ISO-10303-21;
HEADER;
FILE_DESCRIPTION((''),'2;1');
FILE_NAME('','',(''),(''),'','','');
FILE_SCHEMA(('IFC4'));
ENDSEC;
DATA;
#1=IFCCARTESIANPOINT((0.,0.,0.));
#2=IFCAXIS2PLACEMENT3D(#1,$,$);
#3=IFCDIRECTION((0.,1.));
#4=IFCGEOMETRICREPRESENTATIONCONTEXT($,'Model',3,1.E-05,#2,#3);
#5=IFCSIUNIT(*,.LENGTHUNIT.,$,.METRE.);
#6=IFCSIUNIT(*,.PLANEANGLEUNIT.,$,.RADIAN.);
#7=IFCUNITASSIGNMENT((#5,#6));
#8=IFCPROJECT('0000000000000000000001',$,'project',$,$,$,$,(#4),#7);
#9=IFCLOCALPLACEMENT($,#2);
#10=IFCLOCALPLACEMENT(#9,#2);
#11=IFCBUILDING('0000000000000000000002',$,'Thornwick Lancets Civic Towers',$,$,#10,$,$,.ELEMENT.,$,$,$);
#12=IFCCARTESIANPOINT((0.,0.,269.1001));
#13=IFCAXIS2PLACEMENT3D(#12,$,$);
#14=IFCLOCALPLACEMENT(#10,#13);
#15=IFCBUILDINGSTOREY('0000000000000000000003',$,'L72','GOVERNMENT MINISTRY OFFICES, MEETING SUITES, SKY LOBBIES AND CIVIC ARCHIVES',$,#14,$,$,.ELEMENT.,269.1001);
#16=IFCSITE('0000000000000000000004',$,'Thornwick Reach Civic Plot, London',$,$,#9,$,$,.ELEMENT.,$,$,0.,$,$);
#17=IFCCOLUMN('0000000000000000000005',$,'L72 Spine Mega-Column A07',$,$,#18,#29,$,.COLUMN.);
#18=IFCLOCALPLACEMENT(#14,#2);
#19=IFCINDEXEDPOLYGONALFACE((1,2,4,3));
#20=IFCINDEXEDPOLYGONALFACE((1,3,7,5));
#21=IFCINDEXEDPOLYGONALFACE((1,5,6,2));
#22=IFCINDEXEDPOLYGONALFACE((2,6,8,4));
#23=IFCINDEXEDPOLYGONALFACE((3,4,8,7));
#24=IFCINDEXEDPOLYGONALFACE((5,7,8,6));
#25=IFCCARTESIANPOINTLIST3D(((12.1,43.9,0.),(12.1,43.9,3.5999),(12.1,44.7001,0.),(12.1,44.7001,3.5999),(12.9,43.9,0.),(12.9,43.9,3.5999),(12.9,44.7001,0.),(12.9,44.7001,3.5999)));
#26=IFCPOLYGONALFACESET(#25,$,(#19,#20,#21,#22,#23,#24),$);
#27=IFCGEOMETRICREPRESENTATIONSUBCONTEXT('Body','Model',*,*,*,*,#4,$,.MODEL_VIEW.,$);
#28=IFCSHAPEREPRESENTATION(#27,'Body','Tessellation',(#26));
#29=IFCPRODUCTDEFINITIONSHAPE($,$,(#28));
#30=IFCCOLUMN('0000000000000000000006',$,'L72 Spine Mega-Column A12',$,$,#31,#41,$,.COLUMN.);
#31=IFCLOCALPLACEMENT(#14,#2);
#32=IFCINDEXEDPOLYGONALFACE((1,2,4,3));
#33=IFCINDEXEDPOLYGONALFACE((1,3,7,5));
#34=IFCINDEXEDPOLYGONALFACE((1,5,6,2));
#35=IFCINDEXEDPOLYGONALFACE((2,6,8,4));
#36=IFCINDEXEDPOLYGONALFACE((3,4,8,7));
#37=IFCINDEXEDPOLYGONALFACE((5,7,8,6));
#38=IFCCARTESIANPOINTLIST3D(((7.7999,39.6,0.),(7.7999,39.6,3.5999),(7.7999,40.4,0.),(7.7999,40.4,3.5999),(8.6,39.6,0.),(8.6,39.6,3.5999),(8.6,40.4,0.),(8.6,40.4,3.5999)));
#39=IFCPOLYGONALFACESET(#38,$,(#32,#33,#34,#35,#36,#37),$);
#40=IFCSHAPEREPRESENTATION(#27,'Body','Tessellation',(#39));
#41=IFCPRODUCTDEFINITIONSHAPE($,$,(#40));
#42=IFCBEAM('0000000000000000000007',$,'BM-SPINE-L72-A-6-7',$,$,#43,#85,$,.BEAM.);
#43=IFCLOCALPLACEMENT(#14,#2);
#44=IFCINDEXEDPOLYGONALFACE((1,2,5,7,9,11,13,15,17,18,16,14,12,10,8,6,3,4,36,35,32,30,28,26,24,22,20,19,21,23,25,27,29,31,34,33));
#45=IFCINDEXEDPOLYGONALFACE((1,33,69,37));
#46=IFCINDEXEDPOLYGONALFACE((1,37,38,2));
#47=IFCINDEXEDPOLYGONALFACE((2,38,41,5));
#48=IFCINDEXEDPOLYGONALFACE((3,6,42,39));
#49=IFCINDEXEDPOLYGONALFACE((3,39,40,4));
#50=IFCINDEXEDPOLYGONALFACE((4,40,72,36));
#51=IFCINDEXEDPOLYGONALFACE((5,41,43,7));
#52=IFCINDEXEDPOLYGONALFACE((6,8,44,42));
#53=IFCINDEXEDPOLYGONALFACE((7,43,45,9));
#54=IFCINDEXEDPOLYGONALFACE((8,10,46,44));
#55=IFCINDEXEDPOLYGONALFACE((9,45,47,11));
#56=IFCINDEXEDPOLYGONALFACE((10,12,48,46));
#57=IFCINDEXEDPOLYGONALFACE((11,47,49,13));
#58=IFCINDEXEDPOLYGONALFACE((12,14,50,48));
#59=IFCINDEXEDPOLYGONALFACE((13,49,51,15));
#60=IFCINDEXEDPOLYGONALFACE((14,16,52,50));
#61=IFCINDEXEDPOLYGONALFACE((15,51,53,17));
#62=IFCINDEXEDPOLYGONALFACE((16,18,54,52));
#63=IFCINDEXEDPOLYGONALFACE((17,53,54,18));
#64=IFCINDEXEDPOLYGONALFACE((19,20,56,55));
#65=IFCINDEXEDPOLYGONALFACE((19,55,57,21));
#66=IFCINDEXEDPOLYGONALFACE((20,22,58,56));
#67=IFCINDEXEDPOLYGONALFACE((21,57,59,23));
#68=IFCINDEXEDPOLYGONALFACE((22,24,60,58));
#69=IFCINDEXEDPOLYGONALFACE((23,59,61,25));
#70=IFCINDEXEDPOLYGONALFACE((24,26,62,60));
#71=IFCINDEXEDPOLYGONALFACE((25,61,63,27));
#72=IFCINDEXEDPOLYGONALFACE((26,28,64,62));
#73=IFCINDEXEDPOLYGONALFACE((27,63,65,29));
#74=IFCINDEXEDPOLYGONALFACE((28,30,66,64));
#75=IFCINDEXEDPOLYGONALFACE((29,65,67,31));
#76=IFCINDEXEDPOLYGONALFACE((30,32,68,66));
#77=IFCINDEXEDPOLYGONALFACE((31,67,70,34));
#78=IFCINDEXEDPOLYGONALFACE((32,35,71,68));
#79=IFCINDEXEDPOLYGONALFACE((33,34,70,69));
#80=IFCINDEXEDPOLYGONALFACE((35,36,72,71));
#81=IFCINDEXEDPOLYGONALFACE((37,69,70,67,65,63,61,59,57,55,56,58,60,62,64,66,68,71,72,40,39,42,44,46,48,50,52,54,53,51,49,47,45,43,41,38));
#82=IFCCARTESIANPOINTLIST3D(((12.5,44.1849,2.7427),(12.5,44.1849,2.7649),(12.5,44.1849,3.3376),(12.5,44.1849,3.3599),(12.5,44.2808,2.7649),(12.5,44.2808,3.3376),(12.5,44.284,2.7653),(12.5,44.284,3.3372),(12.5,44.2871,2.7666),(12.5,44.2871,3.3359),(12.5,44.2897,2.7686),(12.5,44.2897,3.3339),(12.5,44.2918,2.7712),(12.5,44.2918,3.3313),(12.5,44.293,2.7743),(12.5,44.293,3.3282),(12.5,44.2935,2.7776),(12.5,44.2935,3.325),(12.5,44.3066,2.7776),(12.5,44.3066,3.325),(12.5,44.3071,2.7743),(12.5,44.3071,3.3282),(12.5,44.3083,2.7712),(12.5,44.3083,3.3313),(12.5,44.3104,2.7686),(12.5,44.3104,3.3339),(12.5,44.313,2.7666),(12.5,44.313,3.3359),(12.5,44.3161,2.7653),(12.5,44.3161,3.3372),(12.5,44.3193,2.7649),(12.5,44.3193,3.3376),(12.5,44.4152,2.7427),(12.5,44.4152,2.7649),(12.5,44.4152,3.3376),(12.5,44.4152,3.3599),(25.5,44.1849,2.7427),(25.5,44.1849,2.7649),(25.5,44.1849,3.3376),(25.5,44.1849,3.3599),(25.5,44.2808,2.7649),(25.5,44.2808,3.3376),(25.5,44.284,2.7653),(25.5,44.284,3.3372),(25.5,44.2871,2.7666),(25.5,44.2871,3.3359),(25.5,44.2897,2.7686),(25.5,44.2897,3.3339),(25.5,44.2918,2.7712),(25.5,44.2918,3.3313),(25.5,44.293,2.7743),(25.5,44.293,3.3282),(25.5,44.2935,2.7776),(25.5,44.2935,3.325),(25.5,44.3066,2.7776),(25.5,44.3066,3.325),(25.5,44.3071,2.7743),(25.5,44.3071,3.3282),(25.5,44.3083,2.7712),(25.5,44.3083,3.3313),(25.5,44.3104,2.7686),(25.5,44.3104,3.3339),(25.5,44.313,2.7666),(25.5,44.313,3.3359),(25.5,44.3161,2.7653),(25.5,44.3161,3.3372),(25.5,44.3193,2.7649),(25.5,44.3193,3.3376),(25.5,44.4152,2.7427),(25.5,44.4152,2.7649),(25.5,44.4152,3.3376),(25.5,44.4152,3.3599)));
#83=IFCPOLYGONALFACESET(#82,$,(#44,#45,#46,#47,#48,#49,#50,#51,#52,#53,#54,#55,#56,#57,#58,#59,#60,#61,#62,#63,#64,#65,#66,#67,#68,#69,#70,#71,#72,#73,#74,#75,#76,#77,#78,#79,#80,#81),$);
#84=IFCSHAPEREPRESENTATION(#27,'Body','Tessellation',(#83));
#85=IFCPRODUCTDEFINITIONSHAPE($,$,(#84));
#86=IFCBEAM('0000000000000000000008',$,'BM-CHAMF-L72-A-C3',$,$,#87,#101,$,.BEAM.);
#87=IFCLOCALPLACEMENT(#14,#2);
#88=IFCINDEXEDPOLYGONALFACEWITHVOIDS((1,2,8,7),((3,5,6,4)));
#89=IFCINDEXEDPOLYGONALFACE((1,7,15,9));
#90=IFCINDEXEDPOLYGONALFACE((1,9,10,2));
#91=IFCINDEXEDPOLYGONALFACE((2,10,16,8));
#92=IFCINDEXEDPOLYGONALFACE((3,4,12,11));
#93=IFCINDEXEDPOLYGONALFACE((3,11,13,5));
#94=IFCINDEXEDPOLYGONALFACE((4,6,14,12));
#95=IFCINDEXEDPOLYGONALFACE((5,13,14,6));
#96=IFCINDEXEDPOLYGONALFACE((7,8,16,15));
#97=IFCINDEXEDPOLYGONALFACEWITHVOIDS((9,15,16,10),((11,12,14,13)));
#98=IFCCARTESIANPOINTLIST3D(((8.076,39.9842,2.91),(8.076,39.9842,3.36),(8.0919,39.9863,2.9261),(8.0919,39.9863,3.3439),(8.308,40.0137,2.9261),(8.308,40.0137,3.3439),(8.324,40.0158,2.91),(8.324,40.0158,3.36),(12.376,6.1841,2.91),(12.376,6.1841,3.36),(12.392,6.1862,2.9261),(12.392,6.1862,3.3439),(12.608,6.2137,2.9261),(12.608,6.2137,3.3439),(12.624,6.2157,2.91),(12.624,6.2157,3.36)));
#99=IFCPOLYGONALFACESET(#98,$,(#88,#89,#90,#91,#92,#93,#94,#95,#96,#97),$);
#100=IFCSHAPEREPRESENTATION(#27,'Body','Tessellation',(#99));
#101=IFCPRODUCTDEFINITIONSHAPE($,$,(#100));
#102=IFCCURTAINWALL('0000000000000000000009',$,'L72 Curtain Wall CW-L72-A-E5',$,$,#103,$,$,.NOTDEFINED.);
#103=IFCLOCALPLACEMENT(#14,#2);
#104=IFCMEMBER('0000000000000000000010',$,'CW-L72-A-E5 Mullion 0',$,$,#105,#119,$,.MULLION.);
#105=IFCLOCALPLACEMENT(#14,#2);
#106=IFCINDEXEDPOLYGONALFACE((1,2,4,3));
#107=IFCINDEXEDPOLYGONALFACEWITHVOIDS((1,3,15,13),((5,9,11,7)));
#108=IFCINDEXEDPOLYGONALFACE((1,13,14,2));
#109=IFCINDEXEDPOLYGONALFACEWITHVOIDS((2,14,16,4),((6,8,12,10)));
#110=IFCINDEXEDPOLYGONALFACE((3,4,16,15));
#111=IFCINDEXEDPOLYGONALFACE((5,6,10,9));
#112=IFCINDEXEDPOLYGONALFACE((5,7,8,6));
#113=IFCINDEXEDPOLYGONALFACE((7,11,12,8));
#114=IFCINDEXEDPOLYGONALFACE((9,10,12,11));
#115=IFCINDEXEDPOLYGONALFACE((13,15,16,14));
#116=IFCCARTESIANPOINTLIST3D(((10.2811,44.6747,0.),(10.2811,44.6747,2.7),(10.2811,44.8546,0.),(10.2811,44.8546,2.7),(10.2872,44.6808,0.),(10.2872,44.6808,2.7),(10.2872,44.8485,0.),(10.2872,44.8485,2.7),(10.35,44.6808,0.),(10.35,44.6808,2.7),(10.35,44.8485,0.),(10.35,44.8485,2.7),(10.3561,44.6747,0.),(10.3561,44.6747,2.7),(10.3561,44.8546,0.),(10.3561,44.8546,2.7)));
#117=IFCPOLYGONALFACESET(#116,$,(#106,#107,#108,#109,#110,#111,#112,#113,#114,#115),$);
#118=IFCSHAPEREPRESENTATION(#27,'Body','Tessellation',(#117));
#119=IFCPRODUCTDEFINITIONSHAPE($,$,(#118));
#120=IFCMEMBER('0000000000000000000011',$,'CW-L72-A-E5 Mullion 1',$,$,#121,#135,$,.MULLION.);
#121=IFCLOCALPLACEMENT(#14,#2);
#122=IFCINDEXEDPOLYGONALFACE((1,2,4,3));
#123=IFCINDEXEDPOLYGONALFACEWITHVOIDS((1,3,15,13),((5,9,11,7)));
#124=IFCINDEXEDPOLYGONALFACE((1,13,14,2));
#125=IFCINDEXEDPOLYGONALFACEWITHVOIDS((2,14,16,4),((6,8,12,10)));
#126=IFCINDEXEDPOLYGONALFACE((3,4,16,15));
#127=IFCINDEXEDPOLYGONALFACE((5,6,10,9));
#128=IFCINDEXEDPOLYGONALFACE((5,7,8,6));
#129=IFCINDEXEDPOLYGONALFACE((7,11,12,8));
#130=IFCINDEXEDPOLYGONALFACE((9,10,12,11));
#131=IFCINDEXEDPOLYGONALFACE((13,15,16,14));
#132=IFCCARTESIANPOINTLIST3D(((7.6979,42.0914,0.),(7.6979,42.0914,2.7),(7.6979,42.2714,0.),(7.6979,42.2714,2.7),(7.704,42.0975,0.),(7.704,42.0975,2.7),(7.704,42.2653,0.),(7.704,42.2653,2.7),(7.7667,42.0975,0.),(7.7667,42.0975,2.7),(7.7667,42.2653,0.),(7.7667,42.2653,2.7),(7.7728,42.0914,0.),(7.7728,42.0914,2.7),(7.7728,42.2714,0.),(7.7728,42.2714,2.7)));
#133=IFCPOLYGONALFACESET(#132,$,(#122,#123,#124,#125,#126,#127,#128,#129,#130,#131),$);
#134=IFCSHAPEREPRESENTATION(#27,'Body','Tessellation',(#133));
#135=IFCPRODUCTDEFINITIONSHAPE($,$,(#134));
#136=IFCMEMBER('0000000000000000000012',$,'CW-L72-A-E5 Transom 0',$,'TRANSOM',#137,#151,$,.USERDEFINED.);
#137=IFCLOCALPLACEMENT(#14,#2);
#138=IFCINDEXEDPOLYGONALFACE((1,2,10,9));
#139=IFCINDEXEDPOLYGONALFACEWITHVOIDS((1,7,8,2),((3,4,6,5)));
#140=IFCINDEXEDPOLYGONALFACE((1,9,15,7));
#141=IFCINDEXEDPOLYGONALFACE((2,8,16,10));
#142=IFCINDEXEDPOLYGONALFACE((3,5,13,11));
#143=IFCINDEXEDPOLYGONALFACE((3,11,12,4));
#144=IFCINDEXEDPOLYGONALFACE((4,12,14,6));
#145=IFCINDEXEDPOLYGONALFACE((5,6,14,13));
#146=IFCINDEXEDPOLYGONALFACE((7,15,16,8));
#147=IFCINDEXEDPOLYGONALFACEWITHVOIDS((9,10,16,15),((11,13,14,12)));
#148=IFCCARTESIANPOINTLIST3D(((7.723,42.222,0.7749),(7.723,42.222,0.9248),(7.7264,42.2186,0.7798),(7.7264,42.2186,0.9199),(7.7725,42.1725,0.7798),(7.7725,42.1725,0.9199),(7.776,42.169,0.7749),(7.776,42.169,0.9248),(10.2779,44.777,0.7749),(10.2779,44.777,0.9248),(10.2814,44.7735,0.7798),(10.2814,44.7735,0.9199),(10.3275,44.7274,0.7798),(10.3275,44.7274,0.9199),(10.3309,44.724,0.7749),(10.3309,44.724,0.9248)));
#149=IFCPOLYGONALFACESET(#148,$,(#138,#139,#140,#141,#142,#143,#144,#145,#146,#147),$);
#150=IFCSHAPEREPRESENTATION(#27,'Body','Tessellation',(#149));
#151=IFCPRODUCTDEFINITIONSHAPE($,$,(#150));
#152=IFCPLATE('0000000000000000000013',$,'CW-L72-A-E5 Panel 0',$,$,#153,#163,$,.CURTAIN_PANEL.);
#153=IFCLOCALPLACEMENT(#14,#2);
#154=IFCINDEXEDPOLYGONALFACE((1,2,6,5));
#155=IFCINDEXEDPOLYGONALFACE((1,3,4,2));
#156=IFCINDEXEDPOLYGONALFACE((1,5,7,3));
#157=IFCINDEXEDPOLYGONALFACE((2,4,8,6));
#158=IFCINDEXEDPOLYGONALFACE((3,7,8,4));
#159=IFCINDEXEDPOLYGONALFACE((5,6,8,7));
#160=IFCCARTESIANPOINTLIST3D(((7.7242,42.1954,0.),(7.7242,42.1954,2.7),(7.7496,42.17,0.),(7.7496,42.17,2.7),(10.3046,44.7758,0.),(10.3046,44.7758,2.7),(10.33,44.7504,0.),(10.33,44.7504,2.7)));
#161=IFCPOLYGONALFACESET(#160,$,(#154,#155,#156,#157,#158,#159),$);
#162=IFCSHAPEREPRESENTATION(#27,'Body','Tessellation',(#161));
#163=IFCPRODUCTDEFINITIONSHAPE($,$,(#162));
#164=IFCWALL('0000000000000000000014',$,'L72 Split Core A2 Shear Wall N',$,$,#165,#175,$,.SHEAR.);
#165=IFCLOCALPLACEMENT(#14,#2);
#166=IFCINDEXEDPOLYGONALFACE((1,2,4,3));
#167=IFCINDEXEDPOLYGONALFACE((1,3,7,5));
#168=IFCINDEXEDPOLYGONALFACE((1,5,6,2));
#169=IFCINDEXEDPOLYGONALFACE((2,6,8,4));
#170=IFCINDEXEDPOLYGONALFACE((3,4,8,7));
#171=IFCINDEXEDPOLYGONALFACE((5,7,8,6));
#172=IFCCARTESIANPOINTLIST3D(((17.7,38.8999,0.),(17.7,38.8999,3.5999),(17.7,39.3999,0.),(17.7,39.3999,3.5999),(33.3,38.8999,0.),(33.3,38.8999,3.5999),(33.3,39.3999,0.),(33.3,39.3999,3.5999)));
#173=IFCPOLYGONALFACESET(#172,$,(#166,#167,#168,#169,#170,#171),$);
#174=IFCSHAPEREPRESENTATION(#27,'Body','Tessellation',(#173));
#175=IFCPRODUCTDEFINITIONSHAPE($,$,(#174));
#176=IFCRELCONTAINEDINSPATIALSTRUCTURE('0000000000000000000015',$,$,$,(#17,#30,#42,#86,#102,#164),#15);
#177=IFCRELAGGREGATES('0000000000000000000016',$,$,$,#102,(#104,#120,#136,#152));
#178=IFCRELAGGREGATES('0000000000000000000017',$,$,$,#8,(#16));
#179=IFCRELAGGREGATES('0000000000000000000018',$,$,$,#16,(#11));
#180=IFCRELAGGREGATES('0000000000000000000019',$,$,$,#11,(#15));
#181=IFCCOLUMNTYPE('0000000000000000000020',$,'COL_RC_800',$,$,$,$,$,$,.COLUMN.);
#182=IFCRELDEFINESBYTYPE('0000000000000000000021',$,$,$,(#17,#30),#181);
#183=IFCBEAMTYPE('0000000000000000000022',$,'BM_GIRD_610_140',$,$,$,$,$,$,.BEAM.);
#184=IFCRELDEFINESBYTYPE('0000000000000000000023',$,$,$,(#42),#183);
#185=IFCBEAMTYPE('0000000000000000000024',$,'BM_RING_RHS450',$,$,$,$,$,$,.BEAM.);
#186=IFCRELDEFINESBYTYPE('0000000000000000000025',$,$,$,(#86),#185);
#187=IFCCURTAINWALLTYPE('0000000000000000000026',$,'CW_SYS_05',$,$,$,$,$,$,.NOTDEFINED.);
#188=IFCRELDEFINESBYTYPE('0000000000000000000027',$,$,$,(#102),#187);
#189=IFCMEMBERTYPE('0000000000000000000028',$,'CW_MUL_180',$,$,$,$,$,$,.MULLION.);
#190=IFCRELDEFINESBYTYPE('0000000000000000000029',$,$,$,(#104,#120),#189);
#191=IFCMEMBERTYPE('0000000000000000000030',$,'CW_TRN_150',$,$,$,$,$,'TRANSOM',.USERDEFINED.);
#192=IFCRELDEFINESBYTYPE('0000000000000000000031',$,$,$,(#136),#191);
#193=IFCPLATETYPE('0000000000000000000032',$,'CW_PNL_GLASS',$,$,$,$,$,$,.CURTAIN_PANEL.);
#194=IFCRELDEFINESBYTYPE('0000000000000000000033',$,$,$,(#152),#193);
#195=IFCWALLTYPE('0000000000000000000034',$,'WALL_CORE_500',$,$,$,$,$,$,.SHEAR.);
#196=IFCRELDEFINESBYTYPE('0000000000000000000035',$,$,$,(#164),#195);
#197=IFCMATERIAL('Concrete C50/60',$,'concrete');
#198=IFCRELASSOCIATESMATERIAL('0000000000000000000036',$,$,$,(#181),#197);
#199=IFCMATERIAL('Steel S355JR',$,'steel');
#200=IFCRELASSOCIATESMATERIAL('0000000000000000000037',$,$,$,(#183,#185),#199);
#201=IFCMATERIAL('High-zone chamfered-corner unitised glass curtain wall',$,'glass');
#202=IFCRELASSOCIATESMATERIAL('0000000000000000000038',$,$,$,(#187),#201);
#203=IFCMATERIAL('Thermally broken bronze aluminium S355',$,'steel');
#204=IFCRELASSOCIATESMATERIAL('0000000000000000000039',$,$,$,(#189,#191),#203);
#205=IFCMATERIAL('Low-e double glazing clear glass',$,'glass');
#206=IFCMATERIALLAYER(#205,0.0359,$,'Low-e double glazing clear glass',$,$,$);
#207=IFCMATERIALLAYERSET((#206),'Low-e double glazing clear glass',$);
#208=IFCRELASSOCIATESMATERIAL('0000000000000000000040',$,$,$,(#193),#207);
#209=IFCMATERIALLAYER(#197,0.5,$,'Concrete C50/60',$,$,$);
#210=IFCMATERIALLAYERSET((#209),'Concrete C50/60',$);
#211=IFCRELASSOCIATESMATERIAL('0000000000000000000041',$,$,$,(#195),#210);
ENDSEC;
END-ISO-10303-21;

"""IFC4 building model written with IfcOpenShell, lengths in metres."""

from ifc_helpers import new_model, si_unit, direction, frame, frame_2d, origin, origin_2d, place, context, subcontext, project, spatial, rectangle, hollow_rectangle, i_section, extrude, material, layer, layer_set, material_profile, profile_set, type_object, element, aggregate, save


model = new_model("IFC4")

# Units and contexts
model_context = context("Model", 3, precision=1e-05, world=origin(), true_north=direction((0.0, 1.0)))
body_context = subcontext(model_context, "Body", "Model", "MODEL_VIEW")
ifc_project = project(units=[si_unit("LENGTHUNIT", "METRE"), si_unit("PLANEANGLEUNIT", "RADIAN")], contexts=[model_context])

# Site, building, storey
site_placement = place(None, origin())
site = spatial("IfcSite", under=ifc_project, at=site_placement, Name="Thornwick Reach Civic Plot, London", CompositionType="ELEMENT", RefElevation=0.0)
building_placement = place(site_placement, origin())
building = spatial("IfcBuilding", under=site, at=building_placement, Name="Thornwick Lancets Civic Towers", CompositionType="ELEMENT")
storey_placement = place(building_placement, frame((0.0, 0.0, 269.1001)))
storey = spatial("IfcBuildingStorey", under=building, at=storey_placement, Name="L72", Description="GOVERNMENT MINISTRY OFFICES, MEETING SUITES, SKY LOBBIES AND CIVIC ARCHIVES", CompositionType="ELEMENT", Elevation=269.1001)

# Columns
ifc_material_1 = material(Name="Concrete C50/60", Category="concrete")
ifc_material_profile_1 = material_profile(ifc_material_1, rectangle(XDim=0.8, YDim=0.8, at=origin_2d()), Name="RC 800x800")
ifc_profile_set_1 = profile_set([ifc_material_profile_1], Name="Concrete C50/60")
column_type = type_object("IfcColumnType", Name="COL_RC_800", PredefinedType="COLUMN", material=ifc_profile_set_1)
for number, where, z_axis, x_axis, name in (
    (1, (12.5, 44.3, 0.0), (0.0, 0.0, 1.0), (1.0, 0.0, 0.0), "L72 Spine Mega-Column A07"),
    (2, (8.2, 40.0, 0.0), (0.0, 0.0, 1.0), (1.0, 0.0, 0.0), "L72 Spine Mega-Column A12"),
):
    element("IfcColumn", number, at=place(storey_placement, frame(where, z_axis=z_axis, x_axis=x_axis)), inside=storey, type_object=column_type, Name=name, PredefinedType="COLUMN", context=body_context, shape_type="SweptSolid", body=[
        extrude(rectangle(XDim=0.8, YDim=0.8, at=origin_2d()), origin(), (0.0, 0.0, 1.0), 3.5999),
    ])

# Beams
ifc_material_2 = material(Name="Steel S355JR", Category="steel")
ifc_material_profile_2 = material_profile(ifc_material_2, i_section(OverallWidth=0.2302, OverallDepth=0.6172, WebThickness=0.0132, FlangeThickness=0.0222, FilletRadius=0.0127, at=origin_2d()), Name="UKB 610x229x140")
ifc_profile_set_2 = profile_set([ifc_material_profile_2], Name="Steel S355JR")
beam_type_1 = type_object("IfcBeamType", Name="BM_GIRD_610_140", PredefinedType="BEAM", material=ifc_profile_set_2)
beam_1_placement = place(storey_placement, frame((12.5, 44.3, 3.0513), z_axis=(1.0, 0.0, 0.0), x_axis=(0.0, 1.0, 0.0)))
element("IfcBeam", 3, at=beam_1_placement, inside=storey, type_object=beam_type_1, Name="BM-SPINE-L72-A-6-7", PredefinedType="BEAM", context=body_context, shape_type="SweptSolid", body=[
    extrude(i_section(OverallWidth=0.2302, OverallDepth=0.6172, WebThickness=0.0132, FlangeThickness=0.0222, FilletRadius=0.0127, at=origin_2d()), origin(), (0.0, 0.0, 1.0), 13.0),
])
ifc_material_profile_3 = material_profile(ifc_material_2, hollow_rectangle(XDim=0.25, YDim=0.45, WallThickness=0.0161, at=origin_2d()), Name="RHS 450x250x16")
ifc_profile_set_3 = profile_set([ifc_material_profile_3], Name="Steel S355JR")
beam_type_2 = type_object("IfcBeamType", Name="BM_RING_RHS450", PredefinedType="BEAM", material=ifc_profile_set_3)
beam_2_placement = place(storey_placement, frame((8.2, 40.0, 3.135), z_axis=(0.126203, -0.992004, 0.0), x_axis=(0.992004, 0.126203, 0.0)))
element("IfcBeam", 4, at=beam_2_placement, inside=storey, type_object=beam_type_2, Name="BM-CHAMF-L72-A-C3", PredefinedType="BEAM", context=body_context, shape_type="SweptSolid", body=[
    extrude(hollow_rectangle(XDim=0.25, YDim=0.45, WallThickness=0.0161, at=origin_2d()), origin(), (0.0, 0.0, 1.0), 34.0725),
])

# Curtain wall, members, plate
ifc_material_3 = material(Name="High-zone chamfered-corner unitised glass curtain wall", Category="glass")
curtain_wall_type = type_object("IfcCurtainWallType", Name="CW_SYS_05", PredefinedType="NOTDEFINED", material=ifc_material_3)
curtain_wall_placement = place(storey_placement, origin())
curtain_wall = element("IfcCurtainWall", 5, at=curtain_wall_placement, inside=storey, type_object=curtain_wall_type, Name="L72 Curtain Wall CW-L72-A-E5", PredefinedType="NOTDEFINED")
ifc_material_4 = material(Name="Thermally broken bronze aluminium S355", Category="steel")
ifc_material_profile_4 = material_profile(ifc_material_4, hollow_rectangle(XDim=0.075, YDim=0.1799, WallThickness=0.0061, at=origin_2d()), Name="RHS 180x75x6")
ifc_profile_set_4 = profile_set([ifc_material_profile_4], Name="Thermally broken bronze aluminium S355")
member_type_1 = type_object("IfcMemberType", Name="CW_MUL_180", PredefinedType="MULLION", material=ifc_profile_set_4)
member_1_placement = place(storey_placement, frame((10.3186, 44.7646, 0.0), z_axis=(0.0, 0.0, 1.0), x_axis=(1.0, 0.0, 0.0)))
member_1 = element("IfcMember", 6, at=member_1_placement, type_object=member_type_1, Name="CW-L72-A-E5 Mullion 0", PredefinedType="MULLION", context=body_context, shape_type="SweptSolid", body=[
    extrude(hollow_rectangle(XDim=0.075, YDim=0.1799, WallThickness=0.0061, at=origin_2d()), origin(), (0.0, 0.0, 1.0), 2.7),
])
member_2_placement = place(storey_placement, frame((7.7354, 42.1814, 0.0), z_axis=(0.0, 0.0, 1.0), x_axis=(1.0, 0.0, 0.0)))
member_2 = element("IfcMember", 7, at=member_2_placement, type_object=member_type_1, Name="CW-L72-A-E5 Mullion 1", PredefinedType="MULLION", context=body_context, shape_type="SweptSolid", body=[
    extrude(hollow_rectangle(XDim=0.075, YDim=0.1799, WallThickness=0.0061, at=origin_2d()), origin(), (0.0, 0.0, 1.0), 2.7),
])
ifc_material_profile_5 = material_profile(ifc_material_4, hollow_rectangle(XDim=0.075, YDim=0.1499, WallThickness=0.0049, at=origin_2d()), Name="RHS 150x75x5")
ifc_profile_set_5 = profile_set([ifc_material_profile_5], Name="Thermally broken bronze aluminium S355")
member_type_2 = type_object("IfcMemberType", Name="CW_TRN_150", ElementType="TRANSOM", PredefinedType="USERDEFINED", material=ifc_profile_set_5)
member_3_placement = place(storey_placement, frame((10.3044, 44.7505, 0.8499), z_axis=(-0.707107, -0.707107, 0.0), x_axis=(0.707107, -0.707107, 0.0)))
member_3 = element("IfcMember", 8, at=member_3_placement, type_object=member_type_2, Name="CW-L72-A-E5 Transom 0", ObjectType="TRANSOM", PredefinedType="USERDEFINED", context=body_context, shape_type="SweptSolid", body=[
    extrude(hollow_rectangle(XDim=0.075, YDim=0.1499, WallThickness=0.0049, at=origin_2d()), origin(), (0.0, 0.0, 1.0), 3.6133),
])
ifc_material_5 = material(Name="Low-e double glazing clear glass", Category="glass")
ifc_layer_1 = layer(ifc_material_5, 0.0359, Name="Low-e double glazing clear glass")
ifc_layer_set_1 = layer_set([ifc_layer_1], Name="Low-e double glazing clear glass")
plate_type = type_object("IfcPlateType", Name="CW_PNL_GLASS", PredefinedType="CURTAIN_PANEL", material=ifc_layer_set_1)
plate_placement = place(storey_placement, frame((9.0271, 43.4729, 0.0), z_axis=(0.0, 0.0, 1.0), x_axis=(-0.707107, -0.707107, 0.0)))
plate = element("IfcPlate", 9, at=plate_placement, type_object=plate_type, Name="CW-L72-A-E5 Panel 0", PredefinedType="CURTAIN_PANEL", context=body_context, shape_type="SweptSolid", body=[
    extrude(rectangle(XDim=3.6492, YDim=0.0359, at=origin_2d()), origin(), (0.0, 0.0, 1.0), 2.7),
])
aggregate(curtain_wall, [member_1, member_2, member_3, plate])

# Wall
ifc_layer_2 = layer(ifc_material_1, 0.5, Name="Concrete C50/60")
ifc_layer_set_2 = layer_set([ifc_layer_2], Name="Concrete C50/60")
wall_type_1 = type_object("IfcWallType", Name="WALL_CORE_500", PredefinedType="SHEAR", material=ifc_layer_set_2)
wall_1_placement = place(storey_placement, frame((17.7, 39.1499, 0.0), z_axis=(0.0, 0.0, 1.0), x_axis=(1.0, 0.0, 0.0)))
element("IfcWall", 10, at=wall_1_placement, inside=storey, type_object=wall_type_1, Name="L72 Split Core A2 Shear Wall N", PredefinedType="SHEAR", context=body_context, shape_type="SweptSolid", body=[
    extrude(rectangle(XDim=15.6001, YDim=0.5, at=frame_2d((7.8, 0.0))), origin(), (0.0, 0.0, 1.0), 3.5999),
])

save(model, "model.ifc")
